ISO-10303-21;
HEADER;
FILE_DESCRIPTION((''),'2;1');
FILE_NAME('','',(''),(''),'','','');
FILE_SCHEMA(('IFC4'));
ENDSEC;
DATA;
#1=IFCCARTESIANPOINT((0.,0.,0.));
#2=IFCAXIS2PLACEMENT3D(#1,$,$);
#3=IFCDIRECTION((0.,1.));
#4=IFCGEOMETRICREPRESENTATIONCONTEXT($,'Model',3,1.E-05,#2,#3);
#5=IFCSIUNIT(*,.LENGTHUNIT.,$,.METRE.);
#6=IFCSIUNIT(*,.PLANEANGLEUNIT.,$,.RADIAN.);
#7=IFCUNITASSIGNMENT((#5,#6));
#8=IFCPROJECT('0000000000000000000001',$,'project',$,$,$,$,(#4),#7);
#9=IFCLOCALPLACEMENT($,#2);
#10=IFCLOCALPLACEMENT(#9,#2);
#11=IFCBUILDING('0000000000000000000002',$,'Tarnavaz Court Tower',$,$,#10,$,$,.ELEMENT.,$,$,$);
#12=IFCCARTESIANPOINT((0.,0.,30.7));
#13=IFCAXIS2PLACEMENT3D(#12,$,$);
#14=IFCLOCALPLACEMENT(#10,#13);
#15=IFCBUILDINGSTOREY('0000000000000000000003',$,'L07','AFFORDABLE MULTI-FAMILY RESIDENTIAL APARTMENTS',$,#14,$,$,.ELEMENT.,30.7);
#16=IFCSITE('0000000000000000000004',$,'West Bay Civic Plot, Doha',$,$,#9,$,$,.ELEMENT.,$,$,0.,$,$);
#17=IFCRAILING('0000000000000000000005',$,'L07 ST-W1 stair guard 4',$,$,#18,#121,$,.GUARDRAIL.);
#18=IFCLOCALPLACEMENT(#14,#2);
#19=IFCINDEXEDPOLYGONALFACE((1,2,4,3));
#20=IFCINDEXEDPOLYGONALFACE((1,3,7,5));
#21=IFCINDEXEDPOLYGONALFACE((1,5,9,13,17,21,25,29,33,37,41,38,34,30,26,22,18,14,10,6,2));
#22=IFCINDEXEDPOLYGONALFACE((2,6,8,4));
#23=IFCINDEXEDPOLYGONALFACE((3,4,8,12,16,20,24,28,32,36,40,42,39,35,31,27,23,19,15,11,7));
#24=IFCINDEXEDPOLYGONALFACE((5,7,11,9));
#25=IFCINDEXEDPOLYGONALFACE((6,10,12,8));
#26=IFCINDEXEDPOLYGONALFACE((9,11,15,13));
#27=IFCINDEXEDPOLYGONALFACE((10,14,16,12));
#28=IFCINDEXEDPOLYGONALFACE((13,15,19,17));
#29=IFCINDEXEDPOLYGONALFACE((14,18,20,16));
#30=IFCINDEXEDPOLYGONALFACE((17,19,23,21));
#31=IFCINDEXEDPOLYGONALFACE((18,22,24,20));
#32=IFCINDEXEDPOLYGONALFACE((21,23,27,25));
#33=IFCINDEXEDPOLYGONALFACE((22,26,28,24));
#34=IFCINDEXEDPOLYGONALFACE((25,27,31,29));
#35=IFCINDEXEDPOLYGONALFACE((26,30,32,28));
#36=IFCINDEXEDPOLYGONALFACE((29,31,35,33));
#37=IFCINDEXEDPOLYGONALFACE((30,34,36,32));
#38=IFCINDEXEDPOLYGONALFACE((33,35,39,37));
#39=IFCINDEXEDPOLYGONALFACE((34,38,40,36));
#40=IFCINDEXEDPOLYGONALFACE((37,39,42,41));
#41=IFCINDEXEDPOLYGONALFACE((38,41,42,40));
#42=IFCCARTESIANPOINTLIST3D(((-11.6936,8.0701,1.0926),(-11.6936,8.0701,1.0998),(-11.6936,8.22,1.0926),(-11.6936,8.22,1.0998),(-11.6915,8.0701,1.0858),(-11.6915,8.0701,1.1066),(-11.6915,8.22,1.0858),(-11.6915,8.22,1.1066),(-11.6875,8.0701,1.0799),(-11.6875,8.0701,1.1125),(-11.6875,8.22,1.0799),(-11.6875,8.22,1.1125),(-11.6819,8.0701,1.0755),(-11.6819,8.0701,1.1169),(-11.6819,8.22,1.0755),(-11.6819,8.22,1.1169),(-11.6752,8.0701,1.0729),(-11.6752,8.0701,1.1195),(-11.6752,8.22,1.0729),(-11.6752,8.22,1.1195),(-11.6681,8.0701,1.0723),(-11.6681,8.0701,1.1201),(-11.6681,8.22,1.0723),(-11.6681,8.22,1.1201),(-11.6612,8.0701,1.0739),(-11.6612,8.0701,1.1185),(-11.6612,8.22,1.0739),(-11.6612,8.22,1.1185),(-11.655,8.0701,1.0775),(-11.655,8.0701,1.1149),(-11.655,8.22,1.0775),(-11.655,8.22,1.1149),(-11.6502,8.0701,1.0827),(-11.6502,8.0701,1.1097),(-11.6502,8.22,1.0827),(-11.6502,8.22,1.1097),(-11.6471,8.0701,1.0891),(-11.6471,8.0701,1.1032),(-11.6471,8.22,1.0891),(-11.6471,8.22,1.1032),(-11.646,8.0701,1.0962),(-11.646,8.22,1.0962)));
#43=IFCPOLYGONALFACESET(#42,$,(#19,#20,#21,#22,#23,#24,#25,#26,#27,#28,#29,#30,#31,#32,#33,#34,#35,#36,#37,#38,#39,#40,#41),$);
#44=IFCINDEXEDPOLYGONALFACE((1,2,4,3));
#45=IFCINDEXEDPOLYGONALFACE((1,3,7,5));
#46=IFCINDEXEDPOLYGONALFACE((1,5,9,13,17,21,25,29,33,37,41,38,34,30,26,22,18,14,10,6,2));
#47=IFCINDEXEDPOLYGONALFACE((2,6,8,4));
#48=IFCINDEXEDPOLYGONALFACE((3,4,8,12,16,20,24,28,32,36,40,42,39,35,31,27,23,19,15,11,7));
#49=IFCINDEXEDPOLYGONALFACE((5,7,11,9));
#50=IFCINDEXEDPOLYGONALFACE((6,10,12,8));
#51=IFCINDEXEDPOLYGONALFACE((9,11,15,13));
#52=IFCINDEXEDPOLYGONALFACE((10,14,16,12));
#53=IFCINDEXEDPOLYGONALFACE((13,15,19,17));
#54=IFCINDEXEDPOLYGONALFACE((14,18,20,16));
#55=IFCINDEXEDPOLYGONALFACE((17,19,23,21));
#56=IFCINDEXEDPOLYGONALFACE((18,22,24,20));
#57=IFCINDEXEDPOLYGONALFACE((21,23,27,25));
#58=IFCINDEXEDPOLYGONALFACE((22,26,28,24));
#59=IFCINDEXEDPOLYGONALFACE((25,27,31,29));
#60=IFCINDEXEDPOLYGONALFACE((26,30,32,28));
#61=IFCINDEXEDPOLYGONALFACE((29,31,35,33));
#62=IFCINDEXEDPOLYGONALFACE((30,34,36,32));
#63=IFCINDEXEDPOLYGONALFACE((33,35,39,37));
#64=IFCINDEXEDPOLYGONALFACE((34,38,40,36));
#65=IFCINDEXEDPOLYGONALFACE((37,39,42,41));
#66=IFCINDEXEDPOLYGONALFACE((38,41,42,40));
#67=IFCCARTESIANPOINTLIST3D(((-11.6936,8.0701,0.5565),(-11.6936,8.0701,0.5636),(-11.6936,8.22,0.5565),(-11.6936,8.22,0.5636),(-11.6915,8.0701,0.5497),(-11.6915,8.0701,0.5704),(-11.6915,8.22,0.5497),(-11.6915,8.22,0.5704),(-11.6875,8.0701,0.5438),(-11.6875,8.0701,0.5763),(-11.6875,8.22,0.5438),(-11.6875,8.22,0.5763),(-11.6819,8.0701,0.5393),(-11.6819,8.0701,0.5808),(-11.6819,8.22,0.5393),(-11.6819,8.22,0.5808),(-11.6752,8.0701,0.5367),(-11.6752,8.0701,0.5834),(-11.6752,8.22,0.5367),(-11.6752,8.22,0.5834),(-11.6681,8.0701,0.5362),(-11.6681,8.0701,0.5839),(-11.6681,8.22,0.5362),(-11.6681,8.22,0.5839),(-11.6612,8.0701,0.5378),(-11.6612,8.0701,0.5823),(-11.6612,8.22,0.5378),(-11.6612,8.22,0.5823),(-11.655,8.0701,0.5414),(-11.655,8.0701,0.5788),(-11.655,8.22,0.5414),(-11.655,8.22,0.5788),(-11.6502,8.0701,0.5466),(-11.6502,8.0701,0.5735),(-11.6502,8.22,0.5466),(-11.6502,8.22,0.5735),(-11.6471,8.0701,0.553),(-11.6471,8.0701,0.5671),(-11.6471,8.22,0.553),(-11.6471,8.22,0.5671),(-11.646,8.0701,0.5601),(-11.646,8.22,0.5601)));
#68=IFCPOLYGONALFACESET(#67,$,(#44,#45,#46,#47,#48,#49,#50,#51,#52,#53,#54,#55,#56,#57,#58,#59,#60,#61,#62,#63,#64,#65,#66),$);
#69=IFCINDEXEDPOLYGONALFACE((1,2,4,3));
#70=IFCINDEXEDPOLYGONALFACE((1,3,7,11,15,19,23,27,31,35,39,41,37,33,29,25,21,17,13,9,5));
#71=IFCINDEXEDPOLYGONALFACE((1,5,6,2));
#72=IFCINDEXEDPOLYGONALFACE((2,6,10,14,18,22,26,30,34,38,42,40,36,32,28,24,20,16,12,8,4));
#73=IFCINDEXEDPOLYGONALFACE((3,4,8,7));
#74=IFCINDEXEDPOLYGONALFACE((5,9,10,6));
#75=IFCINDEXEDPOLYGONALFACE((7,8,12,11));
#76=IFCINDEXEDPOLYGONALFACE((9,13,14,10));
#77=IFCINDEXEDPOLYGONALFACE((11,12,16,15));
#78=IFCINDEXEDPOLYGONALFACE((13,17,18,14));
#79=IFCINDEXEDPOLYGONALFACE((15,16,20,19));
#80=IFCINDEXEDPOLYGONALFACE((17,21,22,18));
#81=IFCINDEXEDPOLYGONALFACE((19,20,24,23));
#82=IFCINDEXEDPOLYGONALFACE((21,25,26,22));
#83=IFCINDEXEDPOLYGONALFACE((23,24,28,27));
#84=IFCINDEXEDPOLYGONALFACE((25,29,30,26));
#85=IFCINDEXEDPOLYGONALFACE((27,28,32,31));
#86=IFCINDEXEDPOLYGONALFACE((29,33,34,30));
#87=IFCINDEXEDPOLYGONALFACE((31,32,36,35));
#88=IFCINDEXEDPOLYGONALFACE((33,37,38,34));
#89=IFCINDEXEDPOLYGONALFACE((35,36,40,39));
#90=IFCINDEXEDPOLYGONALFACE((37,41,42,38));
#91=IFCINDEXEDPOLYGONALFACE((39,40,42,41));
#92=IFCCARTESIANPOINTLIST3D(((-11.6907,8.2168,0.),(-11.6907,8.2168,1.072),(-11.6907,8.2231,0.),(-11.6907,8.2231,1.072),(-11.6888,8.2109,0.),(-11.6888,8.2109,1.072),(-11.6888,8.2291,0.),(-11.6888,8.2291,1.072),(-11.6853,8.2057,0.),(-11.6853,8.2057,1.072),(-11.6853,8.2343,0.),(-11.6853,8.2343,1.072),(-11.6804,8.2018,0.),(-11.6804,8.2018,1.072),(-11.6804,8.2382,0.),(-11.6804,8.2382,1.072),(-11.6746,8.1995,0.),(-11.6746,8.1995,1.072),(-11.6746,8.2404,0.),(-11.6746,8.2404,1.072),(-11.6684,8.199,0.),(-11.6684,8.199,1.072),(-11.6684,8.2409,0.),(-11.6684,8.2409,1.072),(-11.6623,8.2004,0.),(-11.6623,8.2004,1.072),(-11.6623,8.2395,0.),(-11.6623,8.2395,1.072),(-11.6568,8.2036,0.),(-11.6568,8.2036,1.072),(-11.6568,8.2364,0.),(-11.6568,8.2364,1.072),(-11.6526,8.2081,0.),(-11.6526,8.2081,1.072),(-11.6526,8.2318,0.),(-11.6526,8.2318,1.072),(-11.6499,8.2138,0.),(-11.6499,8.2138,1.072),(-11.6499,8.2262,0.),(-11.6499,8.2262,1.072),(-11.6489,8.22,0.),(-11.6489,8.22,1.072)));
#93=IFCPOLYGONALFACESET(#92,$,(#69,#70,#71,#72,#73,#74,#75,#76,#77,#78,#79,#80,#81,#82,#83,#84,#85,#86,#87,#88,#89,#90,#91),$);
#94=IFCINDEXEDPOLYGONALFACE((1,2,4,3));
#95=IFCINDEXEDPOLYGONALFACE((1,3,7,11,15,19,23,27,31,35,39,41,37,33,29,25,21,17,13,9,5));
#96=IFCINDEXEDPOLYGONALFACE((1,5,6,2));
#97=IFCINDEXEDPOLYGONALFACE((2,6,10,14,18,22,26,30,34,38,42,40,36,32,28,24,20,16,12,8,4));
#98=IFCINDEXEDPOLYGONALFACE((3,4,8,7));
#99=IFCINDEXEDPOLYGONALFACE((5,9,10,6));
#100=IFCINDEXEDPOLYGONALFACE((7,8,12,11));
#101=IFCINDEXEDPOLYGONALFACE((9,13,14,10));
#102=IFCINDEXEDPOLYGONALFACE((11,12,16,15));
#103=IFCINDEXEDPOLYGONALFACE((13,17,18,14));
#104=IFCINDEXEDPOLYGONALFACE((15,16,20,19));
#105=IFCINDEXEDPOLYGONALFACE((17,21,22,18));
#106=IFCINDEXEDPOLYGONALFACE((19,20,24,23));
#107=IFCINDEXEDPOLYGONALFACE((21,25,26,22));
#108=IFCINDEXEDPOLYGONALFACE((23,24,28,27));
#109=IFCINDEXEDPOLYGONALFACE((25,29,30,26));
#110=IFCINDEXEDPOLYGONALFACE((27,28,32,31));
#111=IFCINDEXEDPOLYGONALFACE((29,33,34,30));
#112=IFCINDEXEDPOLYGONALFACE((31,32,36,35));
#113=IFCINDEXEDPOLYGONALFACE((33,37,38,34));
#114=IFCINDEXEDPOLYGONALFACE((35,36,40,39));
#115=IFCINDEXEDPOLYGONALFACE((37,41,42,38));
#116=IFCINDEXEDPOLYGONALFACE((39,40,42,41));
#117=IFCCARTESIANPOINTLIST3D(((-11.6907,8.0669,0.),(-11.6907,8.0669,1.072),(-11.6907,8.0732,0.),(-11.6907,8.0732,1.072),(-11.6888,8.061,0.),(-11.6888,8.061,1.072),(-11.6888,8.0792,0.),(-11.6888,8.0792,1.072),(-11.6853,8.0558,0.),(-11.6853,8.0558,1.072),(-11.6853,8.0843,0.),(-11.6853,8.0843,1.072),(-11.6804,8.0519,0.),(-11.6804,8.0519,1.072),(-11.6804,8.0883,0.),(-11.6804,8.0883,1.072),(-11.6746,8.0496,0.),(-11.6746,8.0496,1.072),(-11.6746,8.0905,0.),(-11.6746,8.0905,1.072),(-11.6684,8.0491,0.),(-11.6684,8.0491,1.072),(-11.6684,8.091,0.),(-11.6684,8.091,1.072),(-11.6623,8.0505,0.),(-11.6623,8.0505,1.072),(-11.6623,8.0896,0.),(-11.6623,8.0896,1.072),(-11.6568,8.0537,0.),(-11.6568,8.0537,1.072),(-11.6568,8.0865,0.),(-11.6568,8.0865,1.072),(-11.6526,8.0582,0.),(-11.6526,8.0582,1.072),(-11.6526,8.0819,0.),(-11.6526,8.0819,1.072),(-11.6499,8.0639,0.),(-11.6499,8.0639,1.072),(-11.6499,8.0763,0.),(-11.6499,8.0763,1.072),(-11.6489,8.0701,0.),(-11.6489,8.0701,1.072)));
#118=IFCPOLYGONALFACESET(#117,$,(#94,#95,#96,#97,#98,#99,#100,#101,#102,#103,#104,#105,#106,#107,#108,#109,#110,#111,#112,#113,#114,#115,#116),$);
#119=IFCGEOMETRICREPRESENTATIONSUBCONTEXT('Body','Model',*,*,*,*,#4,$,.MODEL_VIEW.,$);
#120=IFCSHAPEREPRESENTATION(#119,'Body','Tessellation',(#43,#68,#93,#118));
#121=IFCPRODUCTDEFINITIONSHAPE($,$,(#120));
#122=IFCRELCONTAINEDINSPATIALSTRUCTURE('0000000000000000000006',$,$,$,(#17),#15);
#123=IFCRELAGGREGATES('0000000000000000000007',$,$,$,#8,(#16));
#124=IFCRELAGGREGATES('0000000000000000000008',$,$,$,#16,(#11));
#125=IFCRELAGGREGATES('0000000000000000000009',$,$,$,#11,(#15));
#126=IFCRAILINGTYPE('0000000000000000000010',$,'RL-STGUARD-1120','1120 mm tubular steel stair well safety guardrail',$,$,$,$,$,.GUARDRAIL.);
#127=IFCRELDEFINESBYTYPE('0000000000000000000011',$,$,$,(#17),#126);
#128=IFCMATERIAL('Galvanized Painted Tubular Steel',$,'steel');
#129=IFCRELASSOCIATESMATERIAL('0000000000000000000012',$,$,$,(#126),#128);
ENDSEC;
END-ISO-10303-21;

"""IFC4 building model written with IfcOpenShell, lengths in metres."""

from ifc_helpers import new_model, si_unit, direction, frame, origin, origin_2d, place, context, subcontext, project, spatial, circle, extrude, material, type_object, element, save


model = new_model("IFC4")

# Units and contexts
model_context = context("Model", 3, precision=1e-05, world=origin(), true_north=direction((0.0, 1.0)))
body_context = subcontext(model_context, "Body", "Model", "MODEL_VIEW")
ifc_project = project(units=[si_unit("LENGTHUNIT", "METRE"), si_unit("PLANEANGLEUNIT", "RADIAN")], contexts=[model_context])

# Site, building, storey
site_placement = place(None, origin())
site = spatial("IfcSite", under=ifc_project, at=site_placement, Name="West Bay Civic Plot, Doha", CompositionType="ELEMENT", RefElevation=0.0)
building_placement = place(site_placement, origin())
building = spatial("IfcBuilding", under=site, at=building_placement, Name="Tarnavaz Court Tower", CompositionType="ELEMENT")
storey_placement = place(building_placement, frame((0.0, 0.0, 30.7)))
storey = spatial("IfcBuildingStorey", under=building, at=storey_placement, Name="L07", Description="AFFORDABLE MULTI-FAMILY RESIDENTIAL APARTMENTS", CompositionType="ELEMENT", Elevation=30.7)

# Railing
ifc_material_1 = material(Name="Galvanized Painted Tubular Steel", Category="steel")
railing_type_1 = type_object("IfcRailingType", Name="RL-STGUARD-1120", Description="1120 mm tubular steel stair well safety guardrail", PredefinedType="GUARDRAIL", material=ifc_material_1)
railing_1_placement = place(storey_placement, frame((-11.6699, 8.22, 0.0)))
element("IfcRailing", 1, at=railing_1_placement, inside=storey, type_object=railing_type_1, Name="L07 ST-W1 stair guard 4", PredefinedType="GUARDRAIL", context=body_context, shape_type="SweptSolid", body=[
    extrude(circle(Radius=0.0239, at=origin_2d()), frame((0.0, 0.0, 1.0962), z_axis=(0.0, -1.0, 0.0), x_axis=(1.0, 0.0, 0.0)), (0.0, 0.0, 1.0), 0.1499),
    extrude(circle(Radius=0.0239, at=origin_2d()), frame((0.0, 0.0, 0.5601), z_axis=(0.0, -1.0, 0.0), x_axis=(1.0, 0.0, 0.0)), (0.0, 0.0, 1.0), 0.1499),
    extrude(circle(Radius=0.021, at=origin_2d()), origin(), (0.0, 0.0, 1.0), 1.072),
    extrude(circle(Radius=0.021, at=origin_2d()), frame((0.0, -0.1499, 0.0)), (0.0, 0.0, 1.0), 1.072),
])

save(model, "model.ifc")
